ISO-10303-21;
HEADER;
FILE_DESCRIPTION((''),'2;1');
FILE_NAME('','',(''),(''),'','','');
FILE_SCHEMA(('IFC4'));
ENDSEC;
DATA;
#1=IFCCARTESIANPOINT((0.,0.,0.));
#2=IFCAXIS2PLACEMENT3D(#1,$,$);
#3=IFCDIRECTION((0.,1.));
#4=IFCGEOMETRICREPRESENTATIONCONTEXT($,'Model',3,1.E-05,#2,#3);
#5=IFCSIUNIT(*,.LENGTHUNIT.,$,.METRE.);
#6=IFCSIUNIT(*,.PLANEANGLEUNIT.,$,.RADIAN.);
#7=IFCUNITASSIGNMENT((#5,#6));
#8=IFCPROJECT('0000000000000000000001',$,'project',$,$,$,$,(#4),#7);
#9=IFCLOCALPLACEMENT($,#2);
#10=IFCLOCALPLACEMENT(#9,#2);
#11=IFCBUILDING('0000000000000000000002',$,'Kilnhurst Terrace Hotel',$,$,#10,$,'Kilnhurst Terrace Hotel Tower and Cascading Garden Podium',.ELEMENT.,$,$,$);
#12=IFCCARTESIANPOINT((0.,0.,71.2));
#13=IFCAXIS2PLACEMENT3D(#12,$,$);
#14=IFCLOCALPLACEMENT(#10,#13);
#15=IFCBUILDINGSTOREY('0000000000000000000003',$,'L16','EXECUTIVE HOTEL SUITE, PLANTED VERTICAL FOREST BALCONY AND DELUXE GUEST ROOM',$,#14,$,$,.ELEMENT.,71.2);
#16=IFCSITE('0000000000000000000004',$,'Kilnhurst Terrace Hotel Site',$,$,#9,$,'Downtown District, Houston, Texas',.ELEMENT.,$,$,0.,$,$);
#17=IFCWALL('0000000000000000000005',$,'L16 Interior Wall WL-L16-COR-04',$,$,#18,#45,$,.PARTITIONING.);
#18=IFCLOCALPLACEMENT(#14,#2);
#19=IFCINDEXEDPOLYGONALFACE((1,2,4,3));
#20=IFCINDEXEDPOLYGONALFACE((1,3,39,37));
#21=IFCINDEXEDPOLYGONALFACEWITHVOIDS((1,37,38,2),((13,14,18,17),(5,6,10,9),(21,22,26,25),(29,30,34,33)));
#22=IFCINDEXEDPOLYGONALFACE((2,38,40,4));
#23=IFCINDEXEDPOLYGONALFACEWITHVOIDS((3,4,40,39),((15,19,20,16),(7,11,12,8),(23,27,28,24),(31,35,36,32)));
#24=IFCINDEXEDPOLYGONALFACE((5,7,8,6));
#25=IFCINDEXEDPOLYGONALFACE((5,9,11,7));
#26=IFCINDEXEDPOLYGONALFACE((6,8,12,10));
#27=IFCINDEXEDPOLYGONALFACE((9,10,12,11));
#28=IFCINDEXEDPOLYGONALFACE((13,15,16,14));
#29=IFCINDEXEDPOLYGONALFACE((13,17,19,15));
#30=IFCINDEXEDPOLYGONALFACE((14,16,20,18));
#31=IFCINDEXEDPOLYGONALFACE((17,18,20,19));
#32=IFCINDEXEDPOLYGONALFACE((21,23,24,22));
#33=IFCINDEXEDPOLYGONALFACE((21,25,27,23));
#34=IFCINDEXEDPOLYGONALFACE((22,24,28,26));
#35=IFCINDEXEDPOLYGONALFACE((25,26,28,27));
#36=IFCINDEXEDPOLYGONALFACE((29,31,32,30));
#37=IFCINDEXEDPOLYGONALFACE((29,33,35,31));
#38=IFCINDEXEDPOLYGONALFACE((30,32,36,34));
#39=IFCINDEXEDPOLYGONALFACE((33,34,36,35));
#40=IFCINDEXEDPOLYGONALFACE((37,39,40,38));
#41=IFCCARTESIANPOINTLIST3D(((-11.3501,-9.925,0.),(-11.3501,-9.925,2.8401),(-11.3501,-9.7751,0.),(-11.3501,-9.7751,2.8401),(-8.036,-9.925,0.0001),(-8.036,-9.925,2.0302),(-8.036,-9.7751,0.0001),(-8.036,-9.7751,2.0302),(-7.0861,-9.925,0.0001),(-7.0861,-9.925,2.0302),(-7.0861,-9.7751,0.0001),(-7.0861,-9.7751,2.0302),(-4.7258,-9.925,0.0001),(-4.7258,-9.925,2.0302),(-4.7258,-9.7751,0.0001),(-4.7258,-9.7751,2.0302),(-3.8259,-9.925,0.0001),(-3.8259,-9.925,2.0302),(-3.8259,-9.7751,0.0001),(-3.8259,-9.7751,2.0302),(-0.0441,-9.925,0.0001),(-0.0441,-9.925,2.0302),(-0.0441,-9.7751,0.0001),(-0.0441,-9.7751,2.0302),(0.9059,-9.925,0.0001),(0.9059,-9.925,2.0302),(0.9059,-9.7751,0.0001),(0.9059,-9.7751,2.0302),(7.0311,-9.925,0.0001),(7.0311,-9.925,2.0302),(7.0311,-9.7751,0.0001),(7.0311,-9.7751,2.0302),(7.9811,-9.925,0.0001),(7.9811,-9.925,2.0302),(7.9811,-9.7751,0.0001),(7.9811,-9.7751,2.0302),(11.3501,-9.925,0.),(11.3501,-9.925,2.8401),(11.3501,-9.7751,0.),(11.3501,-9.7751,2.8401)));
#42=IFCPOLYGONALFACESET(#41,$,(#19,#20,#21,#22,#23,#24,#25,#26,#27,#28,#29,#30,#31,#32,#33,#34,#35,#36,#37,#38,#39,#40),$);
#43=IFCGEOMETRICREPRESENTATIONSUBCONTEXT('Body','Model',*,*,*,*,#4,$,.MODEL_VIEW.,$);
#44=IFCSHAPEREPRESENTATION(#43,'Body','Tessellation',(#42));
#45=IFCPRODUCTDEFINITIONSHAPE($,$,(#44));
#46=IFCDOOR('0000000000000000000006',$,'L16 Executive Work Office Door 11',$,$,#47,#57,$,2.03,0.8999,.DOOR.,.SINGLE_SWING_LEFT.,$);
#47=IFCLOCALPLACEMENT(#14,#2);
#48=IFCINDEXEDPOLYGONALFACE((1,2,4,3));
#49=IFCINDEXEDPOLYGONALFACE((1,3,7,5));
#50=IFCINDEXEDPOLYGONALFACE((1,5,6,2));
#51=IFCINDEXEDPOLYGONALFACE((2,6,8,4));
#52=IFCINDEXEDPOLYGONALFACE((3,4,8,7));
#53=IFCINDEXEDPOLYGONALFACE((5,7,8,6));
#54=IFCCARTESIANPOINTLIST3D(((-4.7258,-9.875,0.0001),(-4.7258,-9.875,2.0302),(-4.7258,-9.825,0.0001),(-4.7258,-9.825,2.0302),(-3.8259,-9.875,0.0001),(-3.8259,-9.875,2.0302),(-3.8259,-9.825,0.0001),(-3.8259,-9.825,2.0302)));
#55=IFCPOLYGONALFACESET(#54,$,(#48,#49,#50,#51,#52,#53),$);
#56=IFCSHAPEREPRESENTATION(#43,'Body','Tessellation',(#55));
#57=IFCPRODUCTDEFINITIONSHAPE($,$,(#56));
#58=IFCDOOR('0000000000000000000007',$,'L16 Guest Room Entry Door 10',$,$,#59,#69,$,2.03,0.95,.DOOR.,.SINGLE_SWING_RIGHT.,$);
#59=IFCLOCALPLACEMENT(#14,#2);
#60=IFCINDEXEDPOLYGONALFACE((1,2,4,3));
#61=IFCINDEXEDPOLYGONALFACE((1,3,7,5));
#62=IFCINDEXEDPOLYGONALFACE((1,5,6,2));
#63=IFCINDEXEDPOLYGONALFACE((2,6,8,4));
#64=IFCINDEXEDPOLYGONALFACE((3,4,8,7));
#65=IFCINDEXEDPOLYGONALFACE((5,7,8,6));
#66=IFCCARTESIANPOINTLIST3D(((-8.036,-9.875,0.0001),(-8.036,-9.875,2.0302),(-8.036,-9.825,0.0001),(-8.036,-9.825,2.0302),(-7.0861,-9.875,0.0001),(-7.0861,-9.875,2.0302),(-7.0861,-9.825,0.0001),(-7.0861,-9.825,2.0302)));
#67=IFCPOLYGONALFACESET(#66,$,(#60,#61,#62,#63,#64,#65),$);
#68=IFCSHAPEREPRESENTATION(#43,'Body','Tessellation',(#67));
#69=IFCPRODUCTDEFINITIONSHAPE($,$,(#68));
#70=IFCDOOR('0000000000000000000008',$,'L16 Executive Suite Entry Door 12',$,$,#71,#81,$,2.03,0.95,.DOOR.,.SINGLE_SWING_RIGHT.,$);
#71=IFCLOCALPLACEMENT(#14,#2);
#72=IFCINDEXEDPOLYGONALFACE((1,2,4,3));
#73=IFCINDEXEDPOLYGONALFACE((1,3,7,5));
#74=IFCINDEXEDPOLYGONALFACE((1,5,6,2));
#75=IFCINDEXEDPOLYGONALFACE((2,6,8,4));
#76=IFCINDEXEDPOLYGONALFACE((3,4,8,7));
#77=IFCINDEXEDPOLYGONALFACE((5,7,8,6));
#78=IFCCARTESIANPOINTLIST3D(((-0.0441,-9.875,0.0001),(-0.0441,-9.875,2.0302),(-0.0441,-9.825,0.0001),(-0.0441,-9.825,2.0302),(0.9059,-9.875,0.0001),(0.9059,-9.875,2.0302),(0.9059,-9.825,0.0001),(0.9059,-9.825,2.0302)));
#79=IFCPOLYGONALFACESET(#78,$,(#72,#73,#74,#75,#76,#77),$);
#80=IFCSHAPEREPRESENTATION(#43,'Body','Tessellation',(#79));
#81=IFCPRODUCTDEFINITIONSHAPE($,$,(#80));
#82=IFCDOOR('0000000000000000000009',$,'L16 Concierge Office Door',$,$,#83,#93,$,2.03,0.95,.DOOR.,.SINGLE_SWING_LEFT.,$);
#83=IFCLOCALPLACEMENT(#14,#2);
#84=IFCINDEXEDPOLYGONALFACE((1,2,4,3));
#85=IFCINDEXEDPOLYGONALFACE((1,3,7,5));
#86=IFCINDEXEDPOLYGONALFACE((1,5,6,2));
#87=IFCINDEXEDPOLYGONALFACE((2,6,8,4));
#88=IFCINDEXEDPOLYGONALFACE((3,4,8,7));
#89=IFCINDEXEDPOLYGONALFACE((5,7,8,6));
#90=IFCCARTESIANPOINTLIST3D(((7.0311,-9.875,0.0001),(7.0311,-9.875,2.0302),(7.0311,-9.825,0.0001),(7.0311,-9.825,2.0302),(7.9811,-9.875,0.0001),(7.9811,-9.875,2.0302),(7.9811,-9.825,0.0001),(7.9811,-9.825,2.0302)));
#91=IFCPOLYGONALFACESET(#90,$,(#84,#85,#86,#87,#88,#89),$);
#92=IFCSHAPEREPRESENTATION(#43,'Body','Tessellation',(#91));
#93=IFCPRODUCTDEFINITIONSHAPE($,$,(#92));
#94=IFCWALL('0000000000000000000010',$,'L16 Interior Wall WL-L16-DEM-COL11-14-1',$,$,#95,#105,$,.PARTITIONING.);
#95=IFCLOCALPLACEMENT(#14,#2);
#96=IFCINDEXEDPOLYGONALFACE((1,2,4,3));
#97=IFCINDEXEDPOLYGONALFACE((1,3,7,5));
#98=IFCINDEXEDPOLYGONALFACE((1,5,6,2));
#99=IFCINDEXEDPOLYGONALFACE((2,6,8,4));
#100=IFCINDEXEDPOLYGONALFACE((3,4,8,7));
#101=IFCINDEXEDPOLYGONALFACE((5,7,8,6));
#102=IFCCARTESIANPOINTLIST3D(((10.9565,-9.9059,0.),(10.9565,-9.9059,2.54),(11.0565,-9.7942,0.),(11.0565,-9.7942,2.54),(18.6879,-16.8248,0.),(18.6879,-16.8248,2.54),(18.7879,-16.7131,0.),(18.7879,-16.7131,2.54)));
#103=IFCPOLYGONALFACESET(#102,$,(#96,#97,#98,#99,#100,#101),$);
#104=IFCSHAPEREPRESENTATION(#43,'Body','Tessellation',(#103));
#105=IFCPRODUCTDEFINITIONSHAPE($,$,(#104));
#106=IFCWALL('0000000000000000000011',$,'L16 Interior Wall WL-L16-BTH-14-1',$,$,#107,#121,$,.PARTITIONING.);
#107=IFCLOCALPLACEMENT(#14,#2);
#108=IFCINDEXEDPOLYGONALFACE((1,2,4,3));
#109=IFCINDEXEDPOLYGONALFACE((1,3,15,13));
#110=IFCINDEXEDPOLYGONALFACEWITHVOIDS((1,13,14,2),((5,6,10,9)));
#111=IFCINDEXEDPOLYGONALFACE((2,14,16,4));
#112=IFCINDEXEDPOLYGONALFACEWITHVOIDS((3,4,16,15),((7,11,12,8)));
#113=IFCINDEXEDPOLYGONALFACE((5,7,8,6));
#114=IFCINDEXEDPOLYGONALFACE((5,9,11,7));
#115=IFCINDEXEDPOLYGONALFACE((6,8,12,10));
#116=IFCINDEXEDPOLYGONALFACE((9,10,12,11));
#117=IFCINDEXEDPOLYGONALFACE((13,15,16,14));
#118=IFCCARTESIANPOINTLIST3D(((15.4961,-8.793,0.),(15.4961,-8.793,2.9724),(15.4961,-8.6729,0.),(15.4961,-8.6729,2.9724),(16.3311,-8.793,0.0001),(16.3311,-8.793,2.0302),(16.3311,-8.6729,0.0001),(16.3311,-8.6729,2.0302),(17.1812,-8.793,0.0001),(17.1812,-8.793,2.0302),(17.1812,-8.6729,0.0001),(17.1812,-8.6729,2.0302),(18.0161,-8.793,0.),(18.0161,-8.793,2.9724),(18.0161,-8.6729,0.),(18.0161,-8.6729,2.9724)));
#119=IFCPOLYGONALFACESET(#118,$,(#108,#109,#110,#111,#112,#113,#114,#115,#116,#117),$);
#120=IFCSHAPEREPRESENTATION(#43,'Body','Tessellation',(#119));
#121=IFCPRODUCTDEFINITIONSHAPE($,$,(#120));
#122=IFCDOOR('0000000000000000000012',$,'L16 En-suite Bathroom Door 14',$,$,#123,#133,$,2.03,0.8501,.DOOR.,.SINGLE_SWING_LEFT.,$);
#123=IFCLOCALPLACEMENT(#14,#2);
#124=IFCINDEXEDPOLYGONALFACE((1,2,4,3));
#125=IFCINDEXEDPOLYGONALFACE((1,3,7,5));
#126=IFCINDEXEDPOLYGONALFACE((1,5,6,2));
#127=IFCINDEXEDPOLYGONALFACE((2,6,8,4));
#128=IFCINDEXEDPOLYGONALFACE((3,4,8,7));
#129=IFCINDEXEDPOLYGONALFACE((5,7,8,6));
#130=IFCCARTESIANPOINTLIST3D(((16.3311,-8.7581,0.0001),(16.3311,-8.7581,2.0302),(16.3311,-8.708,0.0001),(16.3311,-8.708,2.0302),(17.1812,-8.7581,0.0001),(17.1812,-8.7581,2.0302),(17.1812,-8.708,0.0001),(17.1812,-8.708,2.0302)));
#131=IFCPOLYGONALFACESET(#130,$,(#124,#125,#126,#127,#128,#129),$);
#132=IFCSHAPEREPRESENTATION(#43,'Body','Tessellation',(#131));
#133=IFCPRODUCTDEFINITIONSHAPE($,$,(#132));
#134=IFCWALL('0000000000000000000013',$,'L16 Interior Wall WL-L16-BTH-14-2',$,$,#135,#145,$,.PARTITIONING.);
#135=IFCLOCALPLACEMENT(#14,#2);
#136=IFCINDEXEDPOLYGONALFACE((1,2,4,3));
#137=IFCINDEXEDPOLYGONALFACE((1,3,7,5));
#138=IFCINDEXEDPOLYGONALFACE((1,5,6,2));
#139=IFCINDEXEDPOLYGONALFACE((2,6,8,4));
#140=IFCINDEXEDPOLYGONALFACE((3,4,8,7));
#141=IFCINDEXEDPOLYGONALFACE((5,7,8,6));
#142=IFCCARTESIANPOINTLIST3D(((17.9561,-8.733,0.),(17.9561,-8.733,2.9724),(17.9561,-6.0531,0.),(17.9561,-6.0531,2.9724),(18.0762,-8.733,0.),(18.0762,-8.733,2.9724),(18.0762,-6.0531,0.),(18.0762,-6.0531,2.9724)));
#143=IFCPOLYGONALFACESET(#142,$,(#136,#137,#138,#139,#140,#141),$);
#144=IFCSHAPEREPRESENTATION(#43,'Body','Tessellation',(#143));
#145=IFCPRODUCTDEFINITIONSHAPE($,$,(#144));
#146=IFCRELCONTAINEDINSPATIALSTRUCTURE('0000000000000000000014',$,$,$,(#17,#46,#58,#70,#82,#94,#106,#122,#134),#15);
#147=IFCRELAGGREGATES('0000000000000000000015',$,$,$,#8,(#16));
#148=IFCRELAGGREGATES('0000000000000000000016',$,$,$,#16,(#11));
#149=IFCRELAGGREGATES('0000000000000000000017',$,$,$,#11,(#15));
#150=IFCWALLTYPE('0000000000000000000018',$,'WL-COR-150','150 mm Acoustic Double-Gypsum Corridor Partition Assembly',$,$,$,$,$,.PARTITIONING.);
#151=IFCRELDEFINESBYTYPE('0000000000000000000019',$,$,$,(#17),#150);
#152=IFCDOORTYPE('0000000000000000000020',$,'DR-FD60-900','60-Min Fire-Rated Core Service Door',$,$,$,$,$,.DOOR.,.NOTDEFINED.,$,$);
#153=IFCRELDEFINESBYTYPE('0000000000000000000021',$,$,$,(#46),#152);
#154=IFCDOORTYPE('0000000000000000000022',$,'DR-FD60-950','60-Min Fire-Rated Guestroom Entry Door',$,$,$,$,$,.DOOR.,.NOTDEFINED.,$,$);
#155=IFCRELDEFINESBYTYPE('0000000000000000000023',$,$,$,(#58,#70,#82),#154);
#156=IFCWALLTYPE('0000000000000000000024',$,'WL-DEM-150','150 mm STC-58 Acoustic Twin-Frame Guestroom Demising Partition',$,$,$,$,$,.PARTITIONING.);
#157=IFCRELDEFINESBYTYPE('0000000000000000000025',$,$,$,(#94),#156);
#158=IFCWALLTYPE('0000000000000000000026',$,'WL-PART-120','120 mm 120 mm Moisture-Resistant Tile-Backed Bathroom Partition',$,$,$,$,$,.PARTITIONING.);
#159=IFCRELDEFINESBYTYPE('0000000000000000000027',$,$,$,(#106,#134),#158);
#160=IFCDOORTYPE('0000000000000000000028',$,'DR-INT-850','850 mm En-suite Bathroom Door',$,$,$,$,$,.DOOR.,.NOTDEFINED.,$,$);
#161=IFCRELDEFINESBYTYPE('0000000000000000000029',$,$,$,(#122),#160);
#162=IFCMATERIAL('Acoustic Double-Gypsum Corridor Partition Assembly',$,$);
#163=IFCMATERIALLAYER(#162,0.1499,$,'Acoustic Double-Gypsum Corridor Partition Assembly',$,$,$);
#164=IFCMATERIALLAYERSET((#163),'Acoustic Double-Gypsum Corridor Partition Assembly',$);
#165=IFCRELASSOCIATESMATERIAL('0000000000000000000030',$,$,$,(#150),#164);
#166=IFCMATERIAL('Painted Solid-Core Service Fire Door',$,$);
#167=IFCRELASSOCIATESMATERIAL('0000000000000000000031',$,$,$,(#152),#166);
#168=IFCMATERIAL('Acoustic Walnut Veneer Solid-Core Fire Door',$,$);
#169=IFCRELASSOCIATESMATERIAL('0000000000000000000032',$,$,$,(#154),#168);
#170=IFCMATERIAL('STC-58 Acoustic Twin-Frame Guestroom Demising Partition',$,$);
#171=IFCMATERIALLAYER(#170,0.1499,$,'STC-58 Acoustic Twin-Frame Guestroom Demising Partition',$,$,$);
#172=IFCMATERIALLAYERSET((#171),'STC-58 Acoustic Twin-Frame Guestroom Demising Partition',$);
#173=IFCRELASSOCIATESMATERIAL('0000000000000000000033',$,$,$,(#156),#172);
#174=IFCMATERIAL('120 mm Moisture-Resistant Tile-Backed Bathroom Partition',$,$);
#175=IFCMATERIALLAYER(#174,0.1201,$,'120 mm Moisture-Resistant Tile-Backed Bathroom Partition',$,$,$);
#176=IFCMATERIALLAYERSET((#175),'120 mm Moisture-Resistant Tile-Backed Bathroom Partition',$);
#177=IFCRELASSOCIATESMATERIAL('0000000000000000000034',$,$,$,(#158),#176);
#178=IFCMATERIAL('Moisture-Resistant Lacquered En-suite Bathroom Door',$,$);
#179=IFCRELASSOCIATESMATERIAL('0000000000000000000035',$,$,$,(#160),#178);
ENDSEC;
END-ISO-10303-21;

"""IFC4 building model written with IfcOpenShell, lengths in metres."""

from ifc_helpers import new_model, si_unit, direction, frame, frame_2d, origin, place, context, subcontext, project, spatial, rectangle, extrude, material, layer, layer_set, type_object, element, fill, save


model = new_model("IFC4")

# Units and contexts
model_context = context("Model", 3, precision=1e-05, world=origin(), true_north=direction((0.0, 1.0)))
body_context = subcontext(model_context, "Body", "Model", "MODEL_VIEW")
ifc_project = project(units=[si_unit("LENGTHUNIT", "METRE"), si_unit("PLANEANGLEUNIT", "RADIAN")], contexts=[model_context])

# Site, building, storey
site_placement = place(None, origin())
site = spatial("IfcSite", under=ifc_project, at=site_placement, Name="Kilnhurst Terrace Hotel Site", LongName="Downtown District, Houston, Texas", CompositionType="ELEMENT", RefElevation=0.0)
building_placement = place(site_placement, origin())
building = spatial("IfcBuilding", under=site, at=building_placement, Name="Kilnhurst Terrace Hotel", LongName="Kilnhurst Terrace Hotel Tower and Cascading Garden Podium", CompositionType="ELEMENT")
storey_placement = place(building_placement, frame((0.0, 0.0, 71.2)))
storey = spatial("IfcBuildingStorey", under=building, at=storey_placement, Name="L16", Description="EXECUTIVE HOTEL SUITE, PLANTED VERTICAL FOREST BALCONY AND DELUXE GUEST ROOM", CompositionType="ELEMENT", Elevation=71.2)

# Wall, openings, doors
ifc_material_1 = material(Name="Acoustic Double-Gypsum Corridor Partition Assembly")
ifc_layer_1 = layer(ifc_material_1, 0.1499, Name="Acoustic Double-Gypsum Corridor Partition Assembly")
ifc_layer_set_1 = layer_set([ifc_layer_1], Name="Acoustic Double-Gypsum Corridor Partition Assembly")
wall_type_1 = type_object("IfcWallType", Name="WL-COR-150", Description="150 mm Acoustic Double-Gypsum Corridor Partition Assembly", PredefinedType="PARTITIONING", material=ifc_layer_set_1)
wall_1_placement = place(storey_placement, frame((11.3501, -9.8501, 0.0), z_axis=(0.0, 0.0, 1.0), x_axis=(-1.0, 0.0, 0.0)))
wall_1 = element("IfcWall", 1, at=wall_1_placement, inside=storey, type_object=wall_type_1, Name="L16 Interior Wall WL-L16-COR-04", PredefinedType="PARTITIONING", context=body_context, shape_type="SweptSolid", body=[
    extrude(rectangle(XDim=22.7002, YDim=0.1499, at=frame_2d((11.3501, 0.0))), origin(), (0.0, 0.0, 1.0), 2.8401),
])
opening_1_placement = place(wall_1_placement, frame((18.436, 0.0, 0.0)))
opening_1 = element("IfcOpeningElement", 2, at=opening_1_placement, cuts=wall_1, PredefinedType="OPENING", context=body_context, shape_type="SweptSolid", body=[
    extrude(rectangle(XDim=0.95, YDim=2.03, at=frame_2d((0.4751, 1.0151))), frame((0.0, 0.085, 0.0), z_axis=(0.0, -1.0, 0.0), x_axis=(1.0, 0.0, 0.0)), (0.0, 0.0, 1.0), 0.1699),
])
opening_2_placement = place(wall_1_placement, frame((15.176, 0.0, 0.0)))
opening_2 = element("IfcOpeningElement", 3, at=opening_2_placement, cuts=wall_1, PredefinedType="OPENING", context=body_context, shape_type="SweptSolid", body=[
    extrude(rectangle(XDim=0.8999, YDim=2.03, at=frame_2d((0.45, 1.0151))), frame((0.0, 0.085, 0.0), z_axis=(0.0, -1.0, 0.0), x_axis=(1.0, 0.0, 0.0)), (0.0, 0.0, 1.0), 0.1699),
])
opening_3_placement = place(wall_1_placement, frame((10.4441, 0.0, 0.0)))
opening_3 = element("IfcOpeningElement", 4, at=opening_3_placement, cuts=wall_1, PredefinedType="OPENING", context=body_context, shape_type="SweptSolid", body=[
    extrude(rectangle(XDim=0.95, YDim=2.03, at=frame_2d((0.4751, 1.0151))), frame((0.0, 0.085, 0.0), z_axis=(0.0, -1.0, 0.0), x_axis=(1.0, 0.0, 0.0)), (0.0, 0.0, 1.0), 0.1699),
])
opening_4_placement = place(wall_1_placement, frame((3.3689, 0.0, 0.0)))
opening_4 = element("IfcOpeningElement", 5, at=opening_4_placement, cuts=wall_1, PredefinedType="OPENING", context=body_context, shape_type="SweptSolid", body=[
    extrude(rectangle(XDim=0.95, YDim=2.03, at=frame_2d((0.4751, 1.0151))), frame((0.0, 0.085, 0.0), z_axis=(0.0, -1.0, 0.0), x_axis=(1.0, 0.0, 0.0)), (0.0, 0.0, 1.0), 0.1699),
])
ifc_material_2 = material(Name="Painted Solid-Core Service Fire Door")
door_type_1 = type_object("IfcDoorType", Name="DR-FD60-900", Description="60-Min Fire-Rated Core Service Door", OperationType="NOTDEFINED", PredefinedType="DOOR", material=ifc_material_2)
door_1_placement = place(opening_2_placement, origin())
door_1 = element("IfcDoor", 6, at=door_1_placement, inside=storey, type_object=door_type_1, Name="L16 Executive Work Office Door 11", OperationType="SINGLE_SWING_LEFT", OverallHeight=2.03, OverallWidth=0.8999, PredefinedType="DOOR", context=body_context, shape_type="SweptSolid", body=[
    extrude(rectangle(XDim=0.8999, YDim=2.03, at=frame_2d((0.45, 1.0151))), frame((0.0, 0.0249, 0.0), z_axis=(0.0, -1.0, 0.0), x_axis=(1.0, 0.0, 0.0)), (0.0, 0.0, 1.0), 0.05),
])
fill(opening_2, door_1)
ifc_material_3 = material(Name="Acoustic Walnut Veneer Solid-Core Fire Door")
door_type_2 = type_object("IfcDoorType", Name="DR-FD60-950", Description="60-Min Fire-Rated Guestroom Entry Door", OperationType="NOTDEFINED", PredefinedType="DOOR", material=ifc_material_3)
door_2_placement = place(opening_1_placement, origin())
door_2 = element("IfcDoor", 7, at=door_2_placement, inside=storey, type_object=door_type_2, Name="L16 Guest Room Entry Door 10", OperationType="SINGLE_SWING_RIGHT", OverallHeight=2.03, OverallWidth=0.95, PredefinedType="DOOR", context=body_context, shape_type="SweptSolid", body=[
    extrude(rectangle(XDim=0.95, YDim=2.03, at=frame_2d((0.4751, 1.0151))), frame((0.0, 0.0249, 0.0), z_axis=(0.0, -1.0, 0.0), x_axis=(1.0, 0.0, 0.0)), (0.0, 0.0, 1.0), 0.05),
])
fill(opening_1, door_2)
door_3_placement = place(opening_3_placement, origin())
door_3 = element("IfcDoor", 8, at=door_3_placement, inside=storey, type_object=door_type_2, Name="L16 Executive Suite Entry Door 12", OperationType="SINGLE_SWING_RIGHT", OverallHeight=2.03, OverallWidth=0.95, PredefinedType="DOOR", context=body_context, shape_type="SweptSolid", body=[
    extrude(rectangle(XDim=0.95, YDim=2.03, at=frame_2d((0.4751, 1.0151))), frame((0.0, 0.0249, 0.0), z_axis=(0.0, -1.0, 0.0), x_axis=(1.0, 0.0, 0.0)), (0.0, 0.0, 1.0), 0.05),
])
fill(opening_3, door_3)
door_4_placement = place(opening_4_placement, origin())
door_4 = element("IfcDoor", 9, at=door_4_placement, inside=storey, type_object=door_type_2, Name="L16 Concierge Office Door", OperationType="SINGLE_SWING_LEFT", OverallHeight=2.03, OverallWidth=0.95, PredefinedType="DOOR", context=body_context, shape_type="SweptSolid", body=[
    extrude(rectangle(XDim=0.95, YDim=2.03, at=frame_2d((0.4751, 1.0151))), frame((0.0, 0.0249, 0.0), z_axis=(0.0, -1.0, 0.0), x_axis=(1.0, 0.0, 0.0)), (0.0, 0.0, 1.0), 0.05),
])
fill(opening_4, door_4)

# Wall
ifc_material_4 = material(Name="STC-58 Acoustic Twin-Frame Guestroom Demising Partition")
ifc_layer_2 = layer(ifc_material_4, 0.1499, Name="STC-58 Acoustic Twin-Frame Guestroom Demising Partition")
ifc_layer_set_2 = layer_set([ifc_layer_2], Name="STC-58 Acoustic Twin-Frame Guestroom Demising Partition")
wall_type_2 = type_object("IfcWallType", Name="WL-DEM-150", Description="150 mm STC-58 Acoustic Twin-Frame Guestroom Demising Partition", PredefinedType="PARTITIONING", material=ifc_layer_set_2)
wall_2_placement = place(storey_placement, frame((11.0066, -9.8501, 0.0), z_axis=(0.0, 0.0, 1.0), x_axis=(0.745177, -0.666866, 0.0)))
element("IfcWall", 10, at=wall_2_placement, inside=storey, type_object=wall_type_2, Name="L16 Interior Wall WL-L16-DEM-COL11-14-1", PredefinedType="PARTITIONING", context=body_context, shape_type="SweptSolid", body=[
    extrude(rectangle(XDim=10.3752, YDim=0.1499, at=frame_2d((5.1875, 0.0))), origin(), (0.0, 0.0, 1.0), 2.54),
])

# Wall, opening, door
ifc_material_5 = material(Name="120 mm Moisture-Resistant Tile-Backed Bathroom Partition")
ifc_layer_3 = layer(ifc_material_5, 0.1201, Name="120 mm Moisture-Resistant Tile-Backed Bathroom Partition")
ifc_layer_set_3 = layer_set([ifc_layer_3], Name="120 mm Moisture-Resistant Tile-Backed Bathroom Partition")
wall_type_3 = type_object("IfcWallType", Name="WL-PART-120", Description="120 mm 120 mm Moisture-Resistant Tile-Backed Bathroom Partition", PredefinedType="PARTITIONING", material=ifc_layer_set_3)
wall_3_placement = place(storey_placement, frame((15.4961, -8.7329, 0.0), z_axis=(0.0, 0.0, 1.0), x_axis=(1.0, 0.0, 0.0)))
wall_3 = element("IfcWall", 11, at=wall_3_placement, inside=storey, type_object=wall_type_3, Name="L16 Interior Wall WL-L16-BTH-14-1", PredefinedType="PARTITIONING", context=body_context, shape_type="SweptSolid", body=[
    extrude(rectangle(XDim=2.52, YDim=0.1201, at=frame_2d((1.26, 0.0))), origin(), (0.0, 0.0, 1.0), 2.9724),
])
opening_5_placement = place(wall_3_placement, frame((0.835, 0.0, 0.0)))
opening_5 = element("IfcOpeningElement", 12, at=opening_5_placement, cuts=wall_3, PredefinedType="OPENING", context=body_context, shape_type="SweptSolid", body=[
    extrude(rectangle(XDim=0.8501, YDim=2.03, at=frame_2d((0.425, 1.0151))), frame((0.0, 0.0701, 0.0), z_axis=(0.0, -1.0, 0.0), x_axis=(1.0, 0.0, 0.0)), (0.0, 0.0, 1.0), 0.1401),
])
ifc_material_6 = material(Name="Moisture-Resistant Lacquered En-suite Bathroom Door")
door_type_3 = type_object("IfcDoorType", Name="DR-INT-850", Description="850 mm En-suite Bathroom Door", OperationType="NOTDEFINED", PredefinedType="DOOR", material=ifc_material_6)
door_5_placement = place(opening_5_placement, origin())
door_5 = element("IfcDoor", 13, at=door_5_placement, inside=storey, type_object=door_type_3, Name="L16 En-suite Bathroom Door 14", OperationType="SINGLE_SWING_LEFT", OverallHeight=2.03, OverallWidth=0.8501, PredefinedType="DOOR", context=body_context, shape_type="SweptSolid", body=[
    extrude(rectangle(XDim=0.8501, YDim=2.03, at=frame_2d((0.425, 1.0151))), frame((0.0, 0.0249, 0.0), z_axis=(0.0, -1.0, 0.0), x_axis=(1.0, 0.0, 0.0)), (0.0, 0.0, 1.0), 0.05),
])
fill(opening_5, door_5)

# Wall
wall_4_placement = place(storey_placement, frame((18.0161, -8.7329, 0.0), z_axis=(0.0, 0.0, 1.0), x_axis=(0.0, 1.0, 0.0)))
element("IfcWall", 14, at=wall_4_placement, inside=storey, type_object=wall_type_3, Name="L16 Interior Wall WL-L16-BTH-14-2", PredefinedType="PARTITIONING", context=body_context, shape_type="SweptSolid", body=[
    extrude(rectangle(XDim=2.6799, YDim=0.1201, at=frame_2d((1.3398, 0.0))), origin(), (0.0, 0.0, 1.0), 2.9724),
])

save(model, "model.ifc")
